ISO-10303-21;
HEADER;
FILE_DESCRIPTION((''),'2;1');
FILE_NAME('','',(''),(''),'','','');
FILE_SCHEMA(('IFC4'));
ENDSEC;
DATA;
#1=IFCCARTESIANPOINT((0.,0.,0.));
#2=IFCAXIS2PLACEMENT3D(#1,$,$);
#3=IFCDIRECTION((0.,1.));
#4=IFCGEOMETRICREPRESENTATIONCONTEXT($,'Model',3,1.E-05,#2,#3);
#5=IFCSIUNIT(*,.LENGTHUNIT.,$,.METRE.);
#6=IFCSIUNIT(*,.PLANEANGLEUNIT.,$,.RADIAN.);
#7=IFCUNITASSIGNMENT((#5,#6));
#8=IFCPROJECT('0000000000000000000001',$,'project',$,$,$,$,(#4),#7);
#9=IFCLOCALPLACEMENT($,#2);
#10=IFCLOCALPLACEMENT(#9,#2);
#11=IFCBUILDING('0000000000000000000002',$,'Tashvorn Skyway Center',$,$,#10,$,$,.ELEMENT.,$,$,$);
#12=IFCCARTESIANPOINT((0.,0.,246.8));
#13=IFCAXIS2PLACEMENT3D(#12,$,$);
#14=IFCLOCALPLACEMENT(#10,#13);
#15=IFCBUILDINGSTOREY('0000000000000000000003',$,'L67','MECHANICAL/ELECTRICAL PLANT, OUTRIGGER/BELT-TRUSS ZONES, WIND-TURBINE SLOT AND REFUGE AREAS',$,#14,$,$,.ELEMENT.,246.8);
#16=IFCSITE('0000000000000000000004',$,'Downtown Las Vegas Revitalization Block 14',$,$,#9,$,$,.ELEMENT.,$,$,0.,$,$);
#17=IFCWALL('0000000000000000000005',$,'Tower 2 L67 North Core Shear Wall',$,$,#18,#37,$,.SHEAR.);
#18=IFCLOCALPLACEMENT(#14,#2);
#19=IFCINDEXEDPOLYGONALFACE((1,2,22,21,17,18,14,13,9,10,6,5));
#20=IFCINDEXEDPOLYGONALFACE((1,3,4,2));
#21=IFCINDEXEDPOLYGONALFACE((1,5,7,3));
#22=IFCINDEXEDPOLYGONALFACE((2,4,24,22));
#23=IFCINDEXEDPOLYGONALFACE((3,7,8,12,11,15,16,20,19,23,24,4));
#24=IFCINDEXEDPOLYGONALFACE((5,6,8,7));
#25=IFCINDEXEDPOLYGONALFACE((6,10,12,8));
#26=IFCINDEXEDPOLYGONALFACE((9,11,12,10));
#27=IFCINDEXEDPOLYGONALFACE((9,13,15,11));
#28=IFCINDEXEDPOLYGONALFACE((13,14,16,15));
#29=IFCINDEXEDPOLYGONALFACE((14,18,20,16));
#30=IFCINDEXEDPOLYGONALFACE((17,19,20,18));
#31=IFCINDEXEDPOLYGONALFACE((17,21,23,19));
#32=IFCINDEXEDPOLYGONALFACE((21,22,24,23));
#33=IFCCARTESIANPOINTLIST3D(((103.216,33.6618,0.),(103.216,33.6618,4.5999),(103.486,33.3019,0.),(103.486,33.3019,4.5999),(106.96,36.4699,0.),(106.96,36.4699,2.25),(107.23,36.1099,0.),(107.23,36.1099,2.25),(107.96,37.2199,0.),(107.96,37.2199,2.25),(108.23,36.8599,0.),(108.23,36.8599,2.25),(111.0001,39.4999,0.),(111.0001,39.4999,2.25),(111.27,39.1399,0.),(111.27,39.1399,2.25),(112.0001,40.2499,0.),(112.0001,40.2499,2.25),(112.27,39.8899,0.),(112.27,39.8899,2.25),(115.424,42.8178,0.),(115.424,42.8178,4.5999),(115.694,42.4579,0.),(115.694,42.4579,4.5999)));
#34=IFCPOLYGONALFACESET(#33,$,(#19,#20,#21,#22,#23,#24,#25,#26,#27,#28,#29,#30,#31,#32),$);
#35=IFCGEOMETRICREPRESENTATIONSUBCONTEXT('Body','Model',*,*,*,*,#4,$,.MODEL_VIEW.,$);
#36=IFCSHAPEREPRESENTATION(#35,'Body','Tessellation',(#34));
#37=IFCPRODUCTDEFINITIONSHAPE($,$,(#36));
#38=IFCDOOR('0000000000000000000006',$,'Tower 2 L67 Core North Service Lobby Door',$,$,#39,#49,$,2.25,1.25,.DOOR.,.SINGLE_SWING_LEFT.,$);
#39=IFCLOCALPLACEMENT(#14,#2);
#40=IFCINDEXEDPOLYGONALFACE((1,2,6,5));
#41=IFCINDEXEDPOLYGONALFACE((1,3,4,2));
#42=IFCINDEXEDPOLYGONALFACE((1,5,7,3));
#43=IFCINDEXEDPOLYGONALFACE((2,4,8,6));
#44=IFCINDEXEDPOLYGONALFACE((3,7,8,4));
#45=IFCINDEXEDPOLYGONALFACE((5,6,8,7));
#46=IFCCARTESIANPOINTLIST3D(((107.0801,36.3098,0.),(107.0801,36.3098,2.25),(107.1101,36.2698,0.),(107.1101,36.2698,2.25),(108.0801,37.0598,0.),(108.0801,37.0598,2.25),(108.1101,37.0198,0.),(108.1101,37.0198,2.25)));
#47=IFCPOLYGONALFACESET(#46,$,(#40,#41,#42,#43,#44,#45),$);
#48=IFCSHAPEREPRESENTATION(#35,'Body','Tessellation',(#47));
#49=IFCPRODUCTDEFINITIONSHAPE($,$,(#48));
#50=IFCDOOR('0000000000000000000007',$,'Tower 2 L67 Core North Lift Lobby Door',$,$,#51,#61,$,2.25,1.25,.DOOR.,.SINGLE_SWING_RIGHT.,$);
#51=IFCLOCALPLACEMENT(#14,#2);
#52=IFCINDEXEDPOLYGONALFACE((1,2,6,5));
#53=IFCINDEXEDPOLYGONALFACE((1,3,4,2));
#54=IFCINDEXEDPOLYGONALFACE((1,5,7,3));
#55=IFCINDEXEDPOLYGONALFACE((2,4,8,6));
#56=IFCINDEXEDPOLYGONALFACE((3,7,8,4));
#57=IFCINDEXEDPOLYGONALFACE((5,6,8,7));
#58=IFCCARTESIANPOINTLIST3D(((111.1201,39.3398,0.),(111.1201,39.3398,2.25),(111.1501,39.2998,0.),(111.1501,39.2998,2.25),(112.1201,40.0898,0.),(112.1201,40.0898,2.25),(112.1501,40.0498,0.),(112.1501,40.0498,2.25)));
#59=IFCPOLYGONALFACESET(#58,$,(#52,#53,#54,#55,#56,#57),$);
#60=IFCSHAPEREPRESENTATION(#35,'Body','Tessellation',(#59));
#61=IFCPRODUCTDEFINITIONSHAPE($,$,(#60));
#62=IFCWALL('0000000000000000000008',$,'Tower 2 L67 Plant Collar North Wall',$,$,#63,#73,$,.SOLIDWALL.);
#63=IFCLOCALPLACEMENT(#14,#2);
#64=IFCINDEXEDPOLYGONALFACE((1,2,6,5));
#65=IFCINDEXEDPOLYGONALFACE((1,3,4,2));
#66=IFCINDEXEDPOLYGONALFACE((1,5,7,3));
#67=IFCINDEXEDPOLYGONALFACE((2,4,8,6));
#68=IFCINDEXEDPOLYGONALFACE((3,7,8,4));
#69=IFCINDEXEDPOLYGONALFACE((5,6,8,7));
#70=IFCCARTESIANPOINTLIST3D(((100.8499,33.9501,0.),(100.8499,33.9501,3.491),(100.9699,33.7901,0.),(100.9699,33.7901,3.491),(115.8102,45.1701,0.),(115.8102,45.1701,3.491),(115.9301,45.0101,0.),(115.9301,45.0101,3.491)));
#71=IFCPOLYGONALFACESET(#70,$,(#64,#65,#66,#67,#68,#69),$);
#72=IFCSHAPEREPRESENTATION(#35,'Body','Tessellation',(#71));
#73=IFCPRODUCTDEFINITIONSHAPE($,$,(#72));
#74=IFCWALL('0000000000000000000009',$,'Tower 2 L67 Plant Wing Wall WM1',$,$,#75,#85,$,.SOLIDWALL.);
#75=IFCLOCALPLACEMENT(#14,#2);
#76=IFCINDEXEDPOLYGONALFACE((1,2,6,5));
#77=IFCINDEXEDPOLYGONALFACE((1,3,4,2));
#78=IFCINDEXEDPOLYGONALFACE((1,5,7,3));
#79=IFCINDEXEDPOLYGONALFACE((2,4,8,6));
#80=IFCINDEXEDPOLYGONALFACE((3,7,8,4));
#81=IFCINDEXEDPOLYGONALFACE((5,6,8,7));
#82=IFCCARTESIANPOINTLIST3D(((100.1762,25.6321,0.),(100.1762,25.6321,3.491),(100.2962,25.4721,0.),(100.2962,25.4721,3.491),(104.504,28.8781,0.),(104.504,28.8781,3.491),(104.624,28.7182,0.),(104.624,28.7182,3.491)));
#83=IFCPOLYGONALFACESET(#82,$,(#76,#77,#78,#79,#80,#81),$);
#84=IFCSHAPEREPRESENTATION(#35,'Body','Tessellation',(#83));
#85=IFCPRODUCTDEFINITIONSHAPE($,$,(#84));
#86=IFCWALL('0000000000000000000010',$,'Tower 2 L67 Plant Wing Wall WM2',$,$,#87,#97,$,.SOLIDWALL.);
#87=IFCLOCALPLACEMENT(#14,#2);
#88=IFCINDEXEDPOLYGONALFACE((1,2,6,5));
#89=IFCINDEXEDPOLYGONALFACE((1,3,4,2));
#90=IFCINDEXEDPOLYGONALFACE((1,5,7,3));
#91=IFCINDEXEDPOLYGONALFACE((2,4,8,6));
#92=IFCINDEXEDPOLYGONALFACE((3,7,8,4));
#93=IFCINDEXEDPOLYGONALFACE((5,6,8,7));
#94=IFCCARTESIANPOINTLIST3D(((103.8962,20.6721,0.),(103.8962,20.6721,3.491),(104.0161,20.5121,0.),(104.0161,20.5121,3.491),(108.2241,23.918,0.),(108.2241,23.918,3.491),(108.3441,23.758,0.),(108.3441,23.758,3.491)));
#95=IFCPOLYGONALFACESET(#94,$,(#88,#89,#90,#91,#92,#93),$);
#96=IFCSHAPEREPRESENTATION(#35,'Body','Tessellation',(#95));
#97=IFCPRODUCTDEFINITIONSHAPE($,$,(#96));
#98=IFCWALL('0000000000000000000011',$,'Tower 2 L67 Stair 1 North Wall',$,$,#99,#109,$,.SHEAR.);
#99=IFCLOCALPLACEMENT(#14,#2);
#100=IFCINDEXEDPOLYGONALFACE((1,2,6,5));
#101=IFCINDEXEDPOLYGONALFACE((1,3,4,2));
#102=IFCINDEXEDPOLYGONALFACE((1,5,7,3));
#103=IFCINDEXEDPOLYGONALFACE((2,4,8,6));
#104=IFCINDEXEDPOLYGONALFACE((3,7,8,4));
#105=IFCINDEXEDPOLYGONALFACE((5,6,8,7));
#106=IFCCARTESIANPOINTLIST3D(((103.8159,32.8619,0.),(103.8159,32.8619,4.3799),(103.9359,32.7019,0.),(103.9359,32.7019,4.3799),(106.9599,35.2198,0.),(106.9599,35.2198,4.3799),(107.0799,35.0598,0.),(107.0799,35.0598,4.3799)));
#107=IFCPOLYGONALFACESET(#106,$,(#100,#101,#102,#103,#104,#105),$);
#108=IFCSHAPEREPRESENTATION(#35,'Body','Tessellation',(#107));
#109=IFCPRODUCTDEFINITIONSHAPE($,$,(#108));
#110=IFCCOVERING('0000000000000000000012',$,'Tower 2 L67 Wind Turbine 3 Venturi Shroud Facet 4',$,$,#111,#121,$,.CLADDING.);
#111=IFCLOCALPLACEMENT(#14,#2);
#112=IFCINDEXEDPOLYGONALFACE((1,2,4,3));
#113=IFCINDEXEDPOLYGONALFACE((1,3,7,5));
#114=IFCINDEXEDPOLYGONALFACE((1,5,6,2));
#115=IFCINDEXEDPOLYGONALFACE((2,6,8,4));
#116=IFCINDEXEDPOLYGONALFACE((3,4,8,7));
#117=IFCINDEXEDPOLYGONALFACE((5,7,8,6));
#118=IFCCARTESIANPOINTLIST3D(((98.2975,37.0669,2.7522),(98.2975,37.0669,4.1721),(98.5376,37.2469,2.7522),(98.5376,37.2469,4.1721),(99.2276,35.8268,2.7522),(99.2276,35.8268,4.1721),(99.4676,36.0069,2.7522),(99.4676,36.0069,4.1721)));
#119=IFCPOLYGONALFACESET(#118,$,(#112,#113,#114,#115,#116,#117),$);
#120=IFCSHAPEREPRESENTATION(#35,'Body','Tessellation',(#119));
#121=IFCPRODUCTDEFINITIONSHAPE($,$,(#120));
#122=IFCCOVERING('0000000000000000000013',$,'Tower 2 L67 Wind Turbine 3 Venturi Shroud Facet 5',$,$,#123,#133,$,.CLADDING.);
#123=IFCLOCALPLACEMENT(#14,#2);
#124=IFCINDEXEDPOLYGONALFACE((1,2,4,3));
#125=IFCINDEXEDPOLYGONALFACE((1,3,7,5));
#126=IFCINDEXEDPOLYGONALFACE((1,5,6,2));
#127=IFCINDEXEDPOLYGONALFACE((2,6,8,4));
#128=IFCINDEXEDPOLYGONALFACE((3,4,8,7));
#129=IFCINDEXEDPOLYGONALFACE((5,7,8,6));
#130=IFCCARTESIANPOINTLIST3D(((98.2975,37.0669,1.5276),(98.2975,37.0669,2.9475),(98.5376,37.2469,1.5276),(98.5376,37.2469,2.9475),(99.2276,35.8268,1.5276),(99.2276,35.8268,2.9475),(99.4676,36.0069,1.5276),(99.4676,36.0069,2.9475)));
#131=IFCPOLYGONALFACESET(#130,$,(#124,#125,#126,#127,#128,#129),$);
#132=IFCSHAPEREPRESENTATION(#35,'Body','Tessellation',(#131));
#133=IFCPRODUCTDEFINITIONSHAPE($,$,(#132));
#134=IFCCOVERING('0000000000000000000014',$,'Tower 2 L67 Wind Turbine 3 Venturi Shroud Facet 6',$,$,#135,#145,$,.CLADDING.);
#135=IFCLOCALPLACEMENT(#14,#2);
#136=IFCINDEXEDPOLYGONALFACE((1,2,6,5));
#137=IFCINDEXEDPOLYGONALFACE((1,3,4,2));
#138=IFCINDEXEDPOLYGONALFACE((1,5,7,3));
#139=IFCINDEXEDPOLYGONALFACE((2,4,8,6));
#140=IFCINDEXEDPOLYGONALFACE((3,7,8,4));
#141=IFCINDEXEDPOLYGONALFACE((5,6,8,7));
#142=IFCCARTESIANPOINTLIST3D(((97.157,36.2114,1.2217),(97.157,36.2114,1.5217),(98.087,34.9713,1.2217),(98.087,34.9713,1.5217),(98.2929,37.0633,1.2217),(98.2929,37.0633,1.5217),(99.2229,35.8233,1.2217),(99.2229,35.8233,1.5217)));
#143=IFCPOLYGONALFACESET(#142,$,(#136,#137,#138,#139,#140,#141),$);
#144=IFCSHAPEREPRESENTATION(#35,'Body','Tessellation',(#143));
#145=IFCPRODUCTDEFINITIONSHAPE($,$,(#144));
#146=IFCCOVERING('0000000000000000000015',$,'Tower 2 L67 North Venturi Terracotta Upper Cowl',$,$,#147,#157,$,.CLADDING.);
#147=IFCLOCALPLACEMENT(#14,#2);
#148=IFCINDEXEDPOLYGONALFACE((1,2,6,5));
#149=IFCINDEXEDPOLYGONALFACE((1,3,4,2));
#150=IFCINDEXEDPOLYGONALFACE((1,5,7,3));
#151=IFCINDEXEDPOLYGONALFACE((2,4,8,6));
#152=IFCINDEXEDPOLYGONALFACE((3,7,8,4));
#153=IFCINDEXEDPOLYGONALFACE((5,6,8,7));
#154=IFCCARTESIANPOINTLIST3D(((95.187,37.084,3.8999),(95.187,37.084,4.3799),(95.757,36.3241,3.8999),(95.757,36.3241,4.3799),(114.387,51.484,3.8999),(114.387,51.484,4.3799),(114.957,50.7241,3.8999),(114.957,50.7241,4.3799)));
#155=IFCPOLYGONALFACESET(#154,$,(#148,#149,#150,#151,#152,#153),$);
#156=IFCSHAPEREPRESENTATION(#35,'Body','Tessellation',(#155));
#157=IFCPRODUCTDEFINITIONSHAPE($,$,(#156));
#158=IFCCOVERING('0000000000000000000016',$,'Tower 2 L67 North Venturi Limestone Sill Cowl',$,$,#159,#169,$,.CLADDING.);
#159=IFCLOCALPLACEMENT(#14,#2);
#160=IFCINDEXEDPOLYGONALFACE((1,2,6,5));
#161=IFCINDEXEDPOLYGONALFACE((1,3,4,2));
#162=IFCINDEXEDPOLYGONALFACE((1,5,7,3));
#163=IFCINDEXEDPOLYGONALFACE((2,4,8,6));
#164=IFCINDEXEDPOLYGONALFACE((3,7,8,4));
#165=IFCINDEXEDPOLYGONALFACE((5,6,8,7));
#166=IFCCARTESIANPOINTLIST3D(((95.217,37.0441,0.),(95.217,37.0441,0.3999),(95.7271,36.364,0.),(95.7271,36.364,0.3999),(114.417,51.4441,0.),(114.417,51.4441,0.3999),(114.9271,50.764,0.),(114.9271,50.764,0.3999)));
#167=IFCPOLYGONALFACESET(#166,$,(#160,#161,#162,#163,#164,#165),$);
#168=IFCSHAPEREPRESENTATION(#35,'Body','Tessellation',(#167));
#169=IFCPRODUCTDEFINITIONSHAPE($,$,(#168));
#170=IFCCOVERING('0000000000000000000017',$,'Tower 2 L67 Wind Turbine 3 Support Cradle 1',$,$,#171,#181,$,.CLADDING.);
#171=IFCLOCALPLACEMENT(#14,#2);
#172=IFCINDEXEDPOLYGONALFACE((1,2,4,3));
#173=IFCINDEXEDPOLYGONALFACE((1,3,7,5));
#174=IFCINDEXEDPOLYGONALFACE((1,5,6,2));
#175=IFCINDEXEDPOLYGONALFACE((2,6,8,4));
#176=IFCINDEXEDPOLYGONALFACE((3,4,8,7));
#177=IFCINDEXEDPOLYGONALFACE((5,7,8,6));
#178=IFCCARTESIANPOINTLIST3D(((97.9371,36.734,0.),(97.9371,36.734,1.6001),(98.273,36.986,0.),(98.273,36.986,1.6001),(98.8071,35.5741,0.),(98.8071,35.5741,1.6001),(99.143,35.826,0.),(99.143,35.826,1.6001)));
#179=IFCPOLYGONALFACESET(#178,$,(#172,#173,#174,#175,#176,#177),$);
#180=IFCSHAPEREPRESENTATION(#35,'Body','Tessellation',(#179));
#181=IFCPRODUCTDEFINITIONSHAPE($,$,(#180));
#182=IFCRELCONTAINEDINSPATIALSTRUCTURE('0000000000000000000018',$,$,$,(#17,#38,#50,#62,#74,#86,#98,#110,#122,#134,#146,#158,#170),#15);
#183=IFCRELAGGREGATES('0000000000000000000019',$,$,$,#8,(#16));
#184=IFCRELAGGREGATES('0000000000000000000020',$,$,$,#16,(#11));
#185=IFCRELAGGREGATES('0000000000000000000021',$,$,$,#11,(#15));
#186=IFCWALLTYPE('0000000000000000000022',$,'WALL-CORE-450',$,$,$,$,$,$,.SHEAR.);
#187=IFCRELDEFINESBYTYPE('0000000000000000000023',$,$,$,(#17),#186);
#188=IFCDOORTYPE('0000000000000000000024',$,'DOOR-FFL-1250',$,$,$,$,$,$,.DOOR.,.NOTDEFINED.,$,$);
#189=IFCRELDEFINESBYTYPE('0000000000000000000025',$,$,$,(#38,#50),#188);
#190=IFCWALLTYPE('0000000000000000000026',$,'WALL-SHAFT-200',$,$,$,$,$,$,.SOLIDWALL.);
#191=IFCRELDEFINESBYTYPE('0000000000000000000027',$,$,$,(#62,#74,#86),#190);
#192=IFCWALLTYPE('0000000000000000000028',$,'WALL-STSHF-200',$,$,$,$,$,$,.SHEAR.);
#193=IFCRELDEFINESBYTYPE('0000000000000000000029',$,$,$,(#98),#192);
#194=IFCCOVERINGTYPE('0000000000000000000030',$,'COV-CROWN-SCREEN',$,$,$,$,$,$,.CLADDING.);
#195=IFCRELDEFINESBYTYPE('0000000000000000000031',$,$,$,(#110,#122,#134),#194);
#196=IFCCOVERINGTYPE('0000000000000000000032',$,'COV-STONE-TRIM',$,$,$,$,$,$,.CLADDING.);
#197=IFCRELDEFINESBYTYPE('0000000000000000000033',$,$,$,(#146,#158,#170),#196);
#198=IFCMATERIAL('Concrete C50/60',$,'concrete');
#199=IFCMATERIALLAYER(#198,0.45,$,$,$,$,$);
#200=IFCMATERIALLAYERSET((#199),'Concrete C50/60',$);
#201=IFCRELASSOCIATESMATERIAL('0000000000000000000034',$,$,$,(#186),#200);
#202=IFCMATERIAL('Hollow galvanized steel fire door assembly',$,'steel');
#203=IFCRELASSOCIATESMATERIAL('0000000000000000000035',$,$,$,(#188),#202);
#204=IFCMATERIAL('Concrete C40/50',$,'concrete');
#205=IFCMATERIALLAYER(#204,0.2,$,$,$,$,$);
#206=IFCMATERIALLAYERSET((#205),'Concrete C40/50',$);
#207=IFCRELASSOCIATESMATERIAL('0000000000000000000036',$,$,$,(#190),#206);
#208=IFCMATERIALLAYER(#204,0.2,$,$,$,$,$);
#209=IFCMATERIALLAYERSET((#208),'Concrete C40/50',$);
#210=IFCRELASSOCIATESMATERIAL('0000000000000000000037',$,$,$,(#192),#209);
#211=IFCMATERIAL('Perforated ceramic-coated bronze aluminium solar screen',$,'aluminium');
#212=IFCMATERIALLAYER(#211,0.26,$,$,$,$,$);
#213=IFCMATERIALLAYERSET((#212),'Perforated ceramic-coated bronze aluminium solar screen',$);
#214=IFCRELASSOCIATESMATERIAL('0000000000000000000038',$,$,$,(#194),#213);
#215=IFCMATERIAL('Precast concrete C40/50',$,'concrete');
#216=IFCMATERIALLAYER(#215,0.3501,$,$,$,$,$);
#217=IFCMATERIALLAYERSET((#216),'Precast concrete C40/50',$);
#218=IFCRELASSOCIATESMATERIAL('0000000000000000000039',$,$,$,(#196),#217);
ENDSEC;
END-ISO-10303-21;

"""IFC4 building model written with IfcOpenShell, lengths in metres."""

from ifc_helpers import new_model, si_unit, direction, frame, frame_2d, origin, origin_2d, place, context, subcontext, project, spatial, rectangle, extrude, material, layer, layer_set, type_object, element, fill, save


model = new_model("IFC4")

# Units and contexts
model_context = context("Model", 3, precision=1e-05, world=origin(), true_north=direction((0.0, 1.0)))
body_context = subcontext(model_context, "Body", "Model", "MODEL_VIEW")
ifc_project = project(units=[si_unit("LENGTHUNIT", "METRE"), si_unit("PLANEANGLEUNIT", "RADIAN")], contexts=[model_context])

# Site, building, storey
site_placement = place(None, origin())
site = spatial("IfcSite", under=ifc_project, at=site_placement, Name="Downtown Las Vegas Revitalization Block 14", CompositionType="ELEMENT", RefElevation=0.0)
building_placement = place(site_placement, origin())
building = spatial("IfcBuilding", under=site, at=building_placement, Name="Tashvorn Skyway Center", CompositionType="ELEMENT")
storey_placement = place(building_placement, frame((0.0, 0.0, 246.8)))
storey = spatial("IfcBuildingStorey", under=building, at=storey_placement, Name="L67", Description="MECHANICAL/ELECTRICAL PLANT, OUTRIGGER/BELT-TRUSS ZONES, WIND-TURBINE SLOT AND REFUGE AREAS", CompositionType="ELEMENT", Elevation=246.8)

# Wall, openings, doors
ifc_material_1 = material(Name="Concrete C50/60", Category="concrete")
ifc_layer_1 = layer(ifc_material_1, 0.45)
ifc_layer_set_1 = layer_set([ifc_layer_1], Name="Concrete C50/60")
wall_type_1 = type_object("IfcWallType", Name="WALL-CORE-450", PredefinedType="SHEAR", material=ifc_layer_set_1)
wall_1_placement = place(storey_placement, frame((103.3511, 33.4819, 0.0), z_axis=(0.0, 0.0, 1.0), x_axis=(0.8, 0.6, 0.0)))
wall_1 = element("IfcWall", 1, at=wall_1_placement, inside=storey, type_object=wall_type_1, Name="Tower 2 L67 North Core Shear Wall", PredefinedType="SHEAR", context=body_context, shape_type="SweptSolid", body=[
    extrude(rectangle(XDim=15.26, YDim=0.45, at=frame_2d((7.6299, 0.0))), origin(), (0.0, 0.0, 1.0), 4.5999),
])
opening_1_placement = place(wall_1_placement, frame((4.6799, 0.0, 0.0)))
opening_1 = element("IfcOpeningElement", 2, at=opening_1_placement, cuts=wall_1, PredefinedType="OPENING", context=body_context, shape_type="SweptSolid", body=[
    extrude(rectangle(XDim=1.25, YDim=2.25, at=frame_2d((0.625, 1.125))), frame((0.0, 0.2349, 0.0), z_axis=(0.0, -1.0, 0.0), x_axis=(1.0, 0.0, 0.0)), (0.0, 0.0, 1.0), 0.47),
])
opening_2_placement = place(wall_1_placement, frame((9.73, 0.0, 0.0)))
opening_2 = element("IfcOpeningElement", 3, at=opening_2_placement, cuts=wall_1, PredefinedType="OPENING", context=body_context, shape_type="SweptSolid", body=[
    extrude(rectangle(XDim=1.25, YDim=2.25, at=frame_2d((0.625, 1.125))), frame((0.0, 0.2349, 0.0), z_axis=(0.0, -1.0, 0.0), x_axis=(1.0, 0.0, 0.0)), (0.0, 0.0, 1.0), 0.47),
])
ifc_material_2 = material(Name="Hollow galvanized steel fire door assembly", Category="steel")
door_type = type_object("IfcDoorType", Name="DOOR-FFL-1250", OperationType="NOTDEFINED", PredefinedType="DOOR", material=ifc_material_2)
door_1_placement = place(opening_1_placement, origin())
door_1 = element("IfcDoor", 4, at=door_1_placement, inside=storey, type_object=door_type, Name="Tower 2 L67 Core North Service Lobby Door", OperationType="SINGLE_SWING_LEFT", OverallHeight=2.25, OverallWidth=1.25, PredefinedType="DOOR", context=body_context, shape_type="SweptSolid", body=[
    extrude(rectangle(XDim=1.25, YDim=2.25, at=frame_2d((0.625, 1.125))), frame((0.0, 0.0249, 0.0), z_axis=(0.0, -1.0, 0.0), x_axis=(1.0, 0.0, 0.0)), (0.0, 0.0, 1.0), 0.05),
])
fill(opening_1, door_1)
door_2_placement = place(opening_2_placement, origin())
door_2 = element("IfcDoor", 5, at=door_2_placement, inside=storey, type_object=door_type, Name="Tower 2 L67 Core North Lift Lobby Door", OperationType="SINGLE_SWING_RIGHT", OverallHeight=2.25, OverallWidth=1.25, PredefinedType="DOOR", context=body_context, shape_type="SweptSolid", body=[
    extrude(rectangle(XDim=1.25, YDim=2.25, at=frame_2d((0.625, 1.125))), frame((0.0, 0.0249, 0.0), z_axis=(0.0, -1.0, 0.0), x_axis=(1.0, 0.0, 0.0)), (0.0, 0.0, 1.0), 0.05),
])
fill(opening_2, door_2)

# Walls
ifc_material_3 = material(Name="Concrete C40/50", Category="concrete")
ifc_layer_2 = layer(ifc_material_3, 0.2)
ifc_layer_set_2 = layer_set([ifc_layer_2], Name="Concrete C40/50")
wall_type_2 = type_object("IfcWallType", Name="WALL-SHAFT-200", PredefinedType="SOLIDWALL", material=ifc_layer_set_2)
wall_2_placement = place(storey_placement, frame((100.9099, 33.8701, 0.0), z_axis=(0.0, 0.0, 1.0), x_axis=(0.800005, 0.599994, 0.0)))
element("IfcWall", 6, at=wall_2_placement, inside=storey, type_object=wall_type_2, Name="Tower 2 L67 Plant Collar North Wall", PredefinedType="SOLIDWALL", context=body_context, shape_type="SweptSolid", body=[
    extrude(rectangle(XDim=18.7002, YDim=0.2, at=frame_2d((9.3501, 0.0))), origin(), (0.0, 0.0, 1.0), 3.491),
])
for number, where, z_axis, x_axis, name in (
    (7, (100.2361, 25.552, 0.0), (0.0, 0.0, 1.0), (0.799984, 0.600022, 0.0), "Tower 2 L67 Plant Wing Wall WM1"),
    (8, (103.9561, 20.592, 0.0), (0.0, 0.0, 1.0), (0.800005, 0.599993, 0.0), "Tower 2 L67 Plant Wing Wall WM2"),
):
    element("IfcWall", number, at=place(storey_placement, frame(where, z_axis=z_axis, x_axis=x_axis)), inside=storey, type_object=wall_type_2, Name=name, PredefinedType="SOLIDWALL", context=body_context, shape_type="SweptSolid", body=[
        extrude(rectangle(XDim=5.4099, YDim=0.2, at=frame_2d((2.7051, 0.0))), origin(), (0.0, 0.0, 1.0), 3.491),
    ])
ifc_layer_3 = layer(ifc_material_3, 0.2)
ifc_layer_set_3 = layer_set([ifc_layer_3], Name="Concrete C40/50")
wall_type_3 = type_object("IfcWallType", Name="WALL-STSHF-200", PredefinedType="SHEAR", material=ifc_layer_set_3)
wall_3_placement = place(storey_placement, frame((103.876, 32.782, 0.0), z_axis=(0.0, 0.0, 1.0), x_axis=(0.800015, 0.59998, 0.0)))
element("IfcWall", 9, at=wall_3_placement, inside=storey, type_object=wall_type_3, Name="Tower 2 L67 Stair 1 North Wall", PredefinedType="SHEAR", context=body_context, shape_type="SweptSolid", body=[
    extrude(rectangle(XDim=3.9299, YDim=0.2, at=frame_2d((1.9648, 0.0))), origin(), (0.0, 0.0, 1.0), 4.3799),
])

# Coverings
ifc_material_4 = material(Name="Perforated ceramic-coated bronze aluminium solar screen", Category="aluminium")
ifc_layer_4 = layer(ifc_material_4, 0.26)
ifc_layer_set_4 = layer_set([ifc_layer_4], Name="Perforated ceramic-coated bronze aluminium solar screen")
covering_type_1 = type_object("IfcCoveringType", Name="COV-CROWN-SCREEN", PredefinedType="CLADDING", material=ifc_layer_set_4)
for number, where, z_axis, x_axis, name in (
    (10, (98.8826, 36.5369, 2.7522), (0.0, 0.0, 1.0), (-0.8, -0.6, 0.0), "Tower 2 L67 Wind Turbine 3 Venturi Shroud Facet 4"),
    (11, (98.8826, 36.5369, 1.5276), (0.0, 0.0, 1.0), (-0.8, -0.6, 0.0), "Tower 2 L67 Wind Turbine 3 Venturi Shroud Facet 5"),
):
    element("IfcCovering", number, at=place(storey_placement, frame(where, z_axis=z_axis, x_axis=x_axis)), inside=storey, type_object=covering_type_1, Name=name, PredefinedType="CLADDING", context=body_context, shape_type="SweptSolid", body=[
        extrude(rectangle(XDim=0.3, YDim=1.55, at=origin_2d()), origin(), (0.0, 0.0, 1.0), 1.4199),
    ])
covering_1_placement = place(storey_placement, frame((98.1899, 36.0173, 1.2217), z_axis=(0.0, 0.0, 1.0), x_axis=(-0.8, -0.6, 0.0)))
element("IfcCovering", 12, at=covering_1_placement, inside=storey, type_object=covering_type_1, Name="Tower 2 L67 Wind Turbine 3 Venturi Shroud Facet 6", PredefinedType="CLADDING", context=body_context, shape_type="SweptSolid", body=[
    extrude(rectangle(XDim=1.4199, YDim=1.55, at=origin_2d()), origin(), (0.0, 0.0, 1.0), 0.3),
])
ifc_material_5 = material(Name="Precast concrete C40/50", Category="concrete")
ifc_layer_5 = layer(ifc_material_5, 0.3501)
ifc_layer_set_5 = layer_set([ifc_layer_5], Name="Precast concrete C40/50")
covering_type_2 = type_object("IfcCoveringType", Name="COV-STONE-TRIM", PredefinedType="CLADDING", material=ifc_layer_set_5)
covering_2_placement = place(storey_placement, frame((105.072, 43.9041, 3.8999), z_axis=(0.0, 0.0, 1.0), x_axis=(0.8, 0.6, 0.0)))
element("IfcCovering", 13, at=covering_2_placement, inside=storey, type_object=covering_type_2, Name="Tower 2 L67 North Venturi Terracotta Upper Cowl", PredefinedType="CLADDING", context=body_context, shape_type="SweptSolid", body=[
    extrude(rectangle(XDim=24.0, YDim=0.95, at=origin_2d()), origin(), (0.0, 0.0, 1.0), 0.48),
])
covering_3_placement = place(storey_placement, frame((105.072, 43.9041, 0.0), z_axis=(0.0, 0.0, 1.0), x_axis=(0.8, 0.6, 0.0)))
element("IfcCovering", 14, at=covering_3_placement, inside=storey, type_object=covering_type_2, Name="Tower 2 L67 North Venturi Limestone Sill Cowl", PredefinedType="CLADDING", context=body_context, shape_type="SweptSolid", body=[
    extrude(rectangle(XDim=24.0, YDim=0.8501, at=origin_2d()), origin(), (0.0, 0.0, 1.0), 0.3999),
])
covering_4_placement = place(storey_placement, frame((98.54, 36.28, 0.0), z_axis=(0.0, 0.0, 1.0), x_axis=(-0.8, -0.6, 0.0)))
element("IfcCovering", 15, at=covering_4_placement, inside=storey, type_object=covering_type_2, Name="Tower 2 L67 Wind Turbine 3 Support Cradle 1", PredefinedType="CLADDING", context=body_context, shape_type="SweptSolid", body=[
    extrude(rectangle(XDim=0.4199, YDim=1.45, at=origin_2d()), origin(), (0.0, 0.0, 1.0), 1.6001),
])

save(model, "model.ifc")
